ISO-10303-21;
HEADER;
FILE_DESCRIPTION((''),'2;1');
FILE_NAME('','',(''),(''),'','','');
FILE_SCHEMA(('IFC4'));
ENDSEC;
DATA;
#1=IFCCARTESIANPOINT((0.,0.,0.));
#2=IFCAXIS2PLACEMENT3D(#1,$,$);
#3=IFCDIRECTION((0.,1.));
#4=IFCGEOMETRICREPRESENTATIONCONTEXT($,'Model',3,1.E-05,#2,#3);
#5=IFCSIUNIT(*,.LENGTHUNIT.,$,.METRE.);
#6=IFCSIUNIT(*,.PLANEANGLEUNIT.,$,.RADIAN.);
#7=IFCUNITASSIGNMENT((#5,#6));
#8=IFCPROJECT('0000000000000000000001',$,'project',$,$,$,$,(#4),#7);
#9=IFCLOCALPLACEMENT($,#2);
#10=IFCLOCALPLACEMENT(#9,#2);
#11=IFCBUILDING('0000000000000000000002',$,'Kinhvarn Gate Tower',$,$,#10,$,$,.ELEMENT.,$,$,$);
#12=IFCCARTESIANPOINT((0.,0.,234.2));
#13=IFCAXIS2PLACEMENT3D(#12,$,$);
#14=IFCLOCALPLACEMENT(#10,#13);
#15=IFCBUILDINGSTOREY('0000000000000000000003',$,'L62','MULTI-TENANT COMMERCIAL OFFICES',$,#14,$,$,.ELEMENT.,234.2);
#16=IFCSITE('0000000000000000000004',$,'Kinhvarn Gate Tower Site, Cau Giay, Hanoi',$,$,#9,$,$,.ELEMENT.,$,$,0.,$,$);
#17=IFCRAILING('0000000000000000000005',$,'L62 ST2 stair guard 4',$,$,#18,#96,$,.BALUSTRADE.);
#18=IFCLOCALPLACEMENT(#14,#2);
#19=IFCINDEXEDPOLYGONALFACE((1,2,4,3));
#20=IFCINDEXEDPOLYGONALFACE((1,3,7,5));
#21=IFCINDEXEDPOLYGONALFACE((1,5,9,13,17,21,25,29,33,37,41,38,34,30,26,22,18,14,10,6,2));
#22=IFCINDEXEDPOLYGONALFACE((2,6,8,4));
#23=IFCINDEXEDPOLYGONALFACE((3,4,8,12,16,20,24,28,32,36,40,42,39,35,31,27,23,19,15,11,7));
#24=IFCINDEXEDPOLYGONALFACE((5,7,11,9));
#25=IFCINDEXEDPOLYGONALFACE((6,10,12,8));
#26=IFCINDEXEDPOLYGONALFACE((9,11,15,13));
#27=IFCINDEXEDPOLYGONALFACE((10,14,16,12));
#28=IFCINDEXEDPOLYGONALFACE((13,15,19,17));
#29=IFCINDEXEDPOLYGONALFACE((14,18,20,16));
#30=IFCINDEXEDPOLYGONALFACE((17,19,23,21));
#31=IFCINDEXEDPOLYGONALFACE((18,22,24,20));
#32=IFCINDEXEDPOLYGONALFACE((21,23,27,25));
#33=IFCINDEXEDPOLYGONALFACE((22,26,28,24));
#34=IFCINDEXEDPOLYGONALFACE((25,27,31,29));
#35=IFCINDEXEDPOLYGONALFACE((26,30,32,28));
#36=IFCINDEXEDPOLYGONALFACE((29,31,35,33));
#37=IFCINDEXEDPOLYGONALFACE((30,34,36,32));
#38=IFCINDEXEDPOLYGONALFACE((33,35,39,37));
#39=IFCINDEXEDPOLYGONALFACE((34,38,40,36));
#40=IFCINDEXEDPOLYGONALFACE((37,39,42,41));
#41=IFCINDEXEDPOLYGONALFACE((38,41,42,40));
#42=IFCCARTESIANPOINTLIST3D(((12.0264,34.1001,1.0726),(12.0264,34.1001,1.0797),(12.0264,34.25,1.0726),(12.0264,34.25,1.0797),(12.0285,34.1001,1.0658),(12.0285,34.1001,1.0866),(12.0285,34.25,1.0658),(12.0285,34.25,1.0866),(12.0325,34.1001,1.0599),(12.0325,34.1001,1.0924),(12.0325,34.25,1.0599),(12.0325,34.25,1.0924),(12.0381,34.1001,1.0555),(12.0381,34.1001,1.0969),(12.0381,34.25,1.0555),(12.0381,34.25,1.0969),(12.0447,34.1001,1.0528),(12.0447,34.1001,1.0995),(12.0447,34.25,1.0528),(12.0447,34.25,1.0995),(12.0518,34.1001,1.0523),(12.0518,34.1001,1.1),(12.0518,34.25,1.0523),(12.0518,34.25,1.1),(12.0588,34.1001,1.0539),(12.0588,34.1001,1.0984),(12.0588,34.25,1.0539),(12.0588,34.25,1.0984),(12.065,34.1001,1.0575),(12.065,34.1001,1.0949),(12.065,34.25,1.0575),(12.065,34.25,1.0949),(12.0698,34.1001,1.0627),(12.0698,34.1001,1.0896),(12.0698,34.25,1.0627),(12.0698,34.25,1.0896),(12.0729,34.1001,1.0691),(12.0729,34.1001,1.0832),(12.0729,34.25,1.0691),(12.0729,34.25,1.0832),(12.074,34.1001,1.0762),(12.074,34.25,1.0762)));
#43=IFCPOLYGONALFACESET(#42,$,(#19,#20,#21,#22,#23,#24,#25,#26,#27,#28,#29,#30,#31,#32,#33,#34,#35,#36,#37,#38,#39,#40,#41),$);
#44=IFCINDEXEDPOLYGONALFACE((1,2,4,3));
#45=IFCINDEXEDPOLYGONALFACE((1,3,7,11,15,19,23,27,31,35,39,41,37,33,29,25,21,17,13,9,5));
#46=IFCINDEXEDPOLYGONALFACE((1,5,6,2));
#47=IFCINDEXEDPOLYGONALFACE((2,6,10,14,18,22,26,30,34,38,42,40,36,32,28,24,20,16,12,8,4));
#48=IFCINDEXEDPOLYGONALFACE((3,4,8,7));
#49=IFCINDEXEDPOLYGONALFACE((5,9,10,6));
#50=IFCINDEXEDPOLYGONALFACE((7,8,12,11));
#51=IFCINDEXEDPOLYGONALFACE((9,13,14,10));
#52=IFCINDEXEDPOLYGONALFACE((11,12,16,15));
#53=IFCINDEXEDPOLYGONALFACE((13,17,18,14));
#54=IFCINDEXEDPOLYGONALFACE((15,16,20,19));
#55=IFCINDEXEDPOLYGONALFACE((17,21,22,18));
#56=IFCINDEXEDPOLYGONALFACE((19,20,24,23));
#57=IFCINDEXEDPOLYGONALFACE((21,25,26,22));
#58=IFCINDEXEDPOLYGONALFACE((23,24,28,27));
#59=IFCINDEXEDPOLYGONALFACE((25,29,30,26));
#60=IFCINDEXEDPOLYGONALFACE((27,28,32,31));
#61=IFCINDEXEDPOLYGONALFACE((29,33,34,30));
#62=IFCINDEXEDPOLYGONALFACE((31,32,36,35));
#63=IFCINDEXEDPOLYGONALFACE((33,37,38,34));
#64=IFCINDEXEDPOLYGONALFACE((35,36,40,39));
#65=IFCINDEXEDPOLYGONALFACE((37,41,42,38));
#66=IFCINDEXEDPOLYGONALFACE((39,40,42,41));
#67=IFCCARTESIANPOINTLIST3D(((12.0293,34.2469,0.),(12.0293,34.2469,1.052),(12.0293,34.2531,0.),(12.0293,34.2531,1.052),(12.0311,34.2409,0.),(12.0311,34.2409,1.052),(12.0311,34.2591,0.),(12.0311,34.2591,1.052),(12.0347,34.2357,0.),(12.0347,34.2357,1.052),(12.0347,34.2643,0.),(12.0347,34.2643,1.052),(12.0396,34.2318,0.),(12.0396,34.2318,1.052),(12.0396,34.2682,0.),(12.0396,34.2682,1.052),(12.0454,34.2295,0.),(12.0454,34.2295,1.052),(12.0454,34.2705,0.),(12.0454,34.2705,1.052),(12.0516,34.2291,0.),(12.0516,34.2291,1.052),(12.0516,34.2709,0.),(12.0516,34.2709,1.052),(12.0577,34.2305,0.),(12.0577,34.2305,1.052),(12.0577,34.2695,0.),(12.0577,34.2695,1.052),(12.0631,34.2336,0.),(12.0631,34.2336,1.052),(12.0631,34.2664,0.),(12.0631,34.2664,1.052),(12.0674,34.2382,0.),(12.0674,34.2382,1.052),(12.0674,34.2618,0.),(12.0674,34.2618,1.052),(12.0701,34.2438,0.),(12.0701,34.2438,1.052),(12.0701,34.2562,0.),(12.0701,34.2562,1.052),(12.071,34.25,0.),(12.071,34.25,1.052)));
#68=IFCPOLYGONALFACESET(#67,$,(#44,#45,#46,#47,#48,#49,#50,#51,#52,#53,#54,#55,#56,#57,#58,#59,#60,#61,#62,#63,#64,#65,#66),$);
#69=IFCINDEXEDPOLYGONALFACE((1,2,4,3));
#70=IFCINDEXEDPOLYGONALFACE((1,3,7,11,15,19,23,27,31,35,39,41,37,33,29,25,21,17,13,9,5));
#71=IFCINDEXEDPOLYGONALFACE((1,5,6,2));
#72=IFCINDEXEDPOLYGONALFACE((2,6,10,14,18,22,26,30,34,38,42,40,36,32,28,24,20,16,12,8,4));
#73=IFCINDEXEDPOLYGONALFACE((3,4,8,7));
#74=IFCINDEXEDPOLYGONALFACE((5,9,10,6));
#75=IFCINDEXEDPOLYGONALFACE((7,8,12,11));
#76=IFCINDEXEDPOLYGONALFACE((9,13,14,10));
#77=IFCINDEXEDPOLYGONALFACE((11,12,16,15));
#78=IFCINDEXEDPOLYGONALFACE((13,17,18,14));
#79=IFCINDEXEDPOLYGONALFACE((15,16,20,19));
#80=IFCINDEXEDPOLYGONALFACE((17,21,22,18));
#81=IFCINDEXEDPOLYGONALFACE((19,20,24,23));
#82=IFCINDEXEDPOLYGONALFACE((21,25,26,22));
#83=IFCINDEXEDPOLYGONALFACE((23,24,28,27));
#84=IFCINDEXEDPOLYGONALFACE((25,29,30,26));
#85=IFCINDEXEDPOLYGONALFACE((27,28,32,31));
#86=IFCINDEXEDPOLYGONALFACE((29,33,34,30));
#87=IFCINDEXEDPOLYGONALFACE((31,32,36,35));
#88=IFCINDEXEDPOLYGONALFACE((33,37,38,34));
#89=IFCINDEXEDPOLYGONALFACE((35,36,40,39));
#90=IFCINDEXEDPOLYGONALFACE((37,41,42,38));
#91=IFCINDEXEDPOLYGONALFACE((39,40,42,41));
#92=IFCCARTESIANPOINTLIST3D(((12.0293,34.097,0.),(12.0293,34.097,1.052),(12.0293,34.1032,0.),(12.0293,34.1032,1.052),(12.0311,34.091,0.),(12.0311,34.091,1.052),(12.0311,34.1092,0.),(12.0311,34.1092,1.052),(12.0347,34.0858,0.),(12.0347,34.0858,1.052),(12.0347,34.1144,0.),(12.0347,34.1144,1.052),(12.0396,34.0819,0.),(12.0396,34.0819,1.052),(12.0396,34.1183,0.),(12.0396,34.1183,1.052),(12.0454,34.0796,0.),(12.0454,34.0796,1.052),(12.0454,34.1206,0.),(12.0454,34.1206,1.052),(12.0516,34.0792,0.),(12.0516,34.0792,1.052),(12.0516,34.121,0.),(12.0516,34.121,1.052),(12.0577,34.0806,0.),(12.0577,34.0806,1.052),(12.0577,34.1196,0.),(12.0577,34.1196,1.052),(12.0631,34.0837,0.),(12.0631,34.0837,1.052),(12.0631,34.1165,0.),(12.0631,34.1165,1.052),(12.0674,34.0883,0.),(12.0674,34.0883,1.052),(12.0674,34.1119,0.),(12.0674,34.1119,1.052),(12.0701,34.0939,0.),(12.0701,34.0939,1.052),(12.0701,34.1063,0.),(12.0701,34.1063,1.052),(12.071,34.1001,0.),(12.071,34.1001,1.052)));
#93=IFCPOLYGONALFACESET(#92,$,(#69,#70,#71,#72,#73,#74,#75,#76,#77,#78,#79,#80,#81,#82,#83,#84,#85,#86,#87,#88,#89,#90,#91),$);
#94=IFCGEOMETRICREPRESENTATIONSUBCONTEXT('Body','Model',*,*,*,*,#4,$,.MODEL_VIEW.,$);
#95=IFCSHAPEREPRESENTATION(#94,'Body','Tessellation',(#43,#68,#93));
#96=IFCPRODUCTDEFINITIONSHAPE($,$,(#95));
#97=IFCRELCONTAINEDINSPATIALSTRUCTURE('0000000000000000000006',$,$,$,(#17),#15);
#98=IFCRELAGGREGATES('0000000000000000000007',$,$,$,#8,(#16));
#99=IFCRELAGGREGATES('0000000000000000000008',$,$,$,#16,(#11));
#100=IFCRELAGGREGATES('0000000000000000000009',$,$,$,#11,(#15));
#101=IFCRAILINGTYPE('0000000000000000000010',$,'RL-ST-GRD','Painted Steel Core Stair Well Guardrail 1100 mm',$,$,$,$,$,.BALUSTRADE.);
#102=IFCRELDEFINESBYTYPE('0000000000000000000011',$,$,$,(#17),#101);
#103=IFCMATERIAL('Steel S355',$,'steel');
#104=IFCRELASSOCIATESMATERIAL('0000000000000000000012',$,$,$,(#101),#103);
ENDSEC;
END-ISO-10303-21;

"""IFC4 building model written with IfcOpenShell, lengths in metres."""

from ifc_helpers import new_model, si_unit, direction, frame, origin, origin_2d, place, context, subcontext, project, spatial, circle, extrude, material, type_object, element, save


model = new_model("IFC4")

# Units and contexts
model_context = context("Model", 3, precision=1e-05, world=origin(), true_north=direction((0.0, 1.0)))
body_context = subcontext(model_context, "Body", "Model", "MODEL_VIEW")
ifc_project = project(units=[si_unit("LENGTHUNIT", "METRE"), si_unit("PLANEANGLEUNIT", "RADIAN")], contexts=[model_context])

# Site, building, storey
site_placement = place(None, origin())
site = spatial("IfcSite", under=ifc_project, at=site_placement, Name="Kinhvarn Gate Tower Site, Cau Giay, Hanoi", CompositionType="ELEMENT", RefElevation=0.0)
building_placement = place(site_placement, origin())
building = spatial("IfcBuilding", under=site, at=building_placement, Name="Kinhvarn Gate Tower", CompositionType="ELEMENT")
storey_placement = place(building_placement, frame((0.0, 0.0, 234.2)))
storey = spatial("IfcBuildingStorey", under=building, at=storey_placement, Name="L62", Description="MULTI-TENANT COMMERCIAL OFFICES", CompositionType="ELEMENT", Elevation=234.2)

# Railing
ifc_material_1 = material(Name="Steel S355", Category="steel")
railing_type_1 = type_object("IfcRailingType", Name="RL-ST-GRD", Description="Painted Steel Core Stair Well Guardrail 1100 mm", PredefinedType="BALUSTRADE", material=ifc_material_1)
railing_1_placement = place(storey_placement, frame((12.05, 34.25, 0.0)))
element("IfcRailing", 1, at=railing_1_placement, inside=storey, type_object=railing_type_1, Name="L62 ST2 stair guard 4", PredefinedType="BALUSTRADE", context=body_context, shape_type="SweptSolid", body=[
    extrude(circle(Radius=0.0239, at=origin_2d()), frame((0.0, 0.0, 1.0762), z_axis=(0.0, -1.0, 0.0), x_axis=(1.0, 0.0, 0.0)), (0.0, 0.0, 1.0), 0.1499),
    extrude(circle(Radius=0.021, at=origin_2d()), origin(), (0.0, 0.0, 1.0), 1.052),
    extrude(circle(Radius=0.021, at=origin_2d()), frame((0.0, -0.1499, 0.0)), (0.0, 0.0, 1.0), 1.052),
])

save(model, "model.ifc")
